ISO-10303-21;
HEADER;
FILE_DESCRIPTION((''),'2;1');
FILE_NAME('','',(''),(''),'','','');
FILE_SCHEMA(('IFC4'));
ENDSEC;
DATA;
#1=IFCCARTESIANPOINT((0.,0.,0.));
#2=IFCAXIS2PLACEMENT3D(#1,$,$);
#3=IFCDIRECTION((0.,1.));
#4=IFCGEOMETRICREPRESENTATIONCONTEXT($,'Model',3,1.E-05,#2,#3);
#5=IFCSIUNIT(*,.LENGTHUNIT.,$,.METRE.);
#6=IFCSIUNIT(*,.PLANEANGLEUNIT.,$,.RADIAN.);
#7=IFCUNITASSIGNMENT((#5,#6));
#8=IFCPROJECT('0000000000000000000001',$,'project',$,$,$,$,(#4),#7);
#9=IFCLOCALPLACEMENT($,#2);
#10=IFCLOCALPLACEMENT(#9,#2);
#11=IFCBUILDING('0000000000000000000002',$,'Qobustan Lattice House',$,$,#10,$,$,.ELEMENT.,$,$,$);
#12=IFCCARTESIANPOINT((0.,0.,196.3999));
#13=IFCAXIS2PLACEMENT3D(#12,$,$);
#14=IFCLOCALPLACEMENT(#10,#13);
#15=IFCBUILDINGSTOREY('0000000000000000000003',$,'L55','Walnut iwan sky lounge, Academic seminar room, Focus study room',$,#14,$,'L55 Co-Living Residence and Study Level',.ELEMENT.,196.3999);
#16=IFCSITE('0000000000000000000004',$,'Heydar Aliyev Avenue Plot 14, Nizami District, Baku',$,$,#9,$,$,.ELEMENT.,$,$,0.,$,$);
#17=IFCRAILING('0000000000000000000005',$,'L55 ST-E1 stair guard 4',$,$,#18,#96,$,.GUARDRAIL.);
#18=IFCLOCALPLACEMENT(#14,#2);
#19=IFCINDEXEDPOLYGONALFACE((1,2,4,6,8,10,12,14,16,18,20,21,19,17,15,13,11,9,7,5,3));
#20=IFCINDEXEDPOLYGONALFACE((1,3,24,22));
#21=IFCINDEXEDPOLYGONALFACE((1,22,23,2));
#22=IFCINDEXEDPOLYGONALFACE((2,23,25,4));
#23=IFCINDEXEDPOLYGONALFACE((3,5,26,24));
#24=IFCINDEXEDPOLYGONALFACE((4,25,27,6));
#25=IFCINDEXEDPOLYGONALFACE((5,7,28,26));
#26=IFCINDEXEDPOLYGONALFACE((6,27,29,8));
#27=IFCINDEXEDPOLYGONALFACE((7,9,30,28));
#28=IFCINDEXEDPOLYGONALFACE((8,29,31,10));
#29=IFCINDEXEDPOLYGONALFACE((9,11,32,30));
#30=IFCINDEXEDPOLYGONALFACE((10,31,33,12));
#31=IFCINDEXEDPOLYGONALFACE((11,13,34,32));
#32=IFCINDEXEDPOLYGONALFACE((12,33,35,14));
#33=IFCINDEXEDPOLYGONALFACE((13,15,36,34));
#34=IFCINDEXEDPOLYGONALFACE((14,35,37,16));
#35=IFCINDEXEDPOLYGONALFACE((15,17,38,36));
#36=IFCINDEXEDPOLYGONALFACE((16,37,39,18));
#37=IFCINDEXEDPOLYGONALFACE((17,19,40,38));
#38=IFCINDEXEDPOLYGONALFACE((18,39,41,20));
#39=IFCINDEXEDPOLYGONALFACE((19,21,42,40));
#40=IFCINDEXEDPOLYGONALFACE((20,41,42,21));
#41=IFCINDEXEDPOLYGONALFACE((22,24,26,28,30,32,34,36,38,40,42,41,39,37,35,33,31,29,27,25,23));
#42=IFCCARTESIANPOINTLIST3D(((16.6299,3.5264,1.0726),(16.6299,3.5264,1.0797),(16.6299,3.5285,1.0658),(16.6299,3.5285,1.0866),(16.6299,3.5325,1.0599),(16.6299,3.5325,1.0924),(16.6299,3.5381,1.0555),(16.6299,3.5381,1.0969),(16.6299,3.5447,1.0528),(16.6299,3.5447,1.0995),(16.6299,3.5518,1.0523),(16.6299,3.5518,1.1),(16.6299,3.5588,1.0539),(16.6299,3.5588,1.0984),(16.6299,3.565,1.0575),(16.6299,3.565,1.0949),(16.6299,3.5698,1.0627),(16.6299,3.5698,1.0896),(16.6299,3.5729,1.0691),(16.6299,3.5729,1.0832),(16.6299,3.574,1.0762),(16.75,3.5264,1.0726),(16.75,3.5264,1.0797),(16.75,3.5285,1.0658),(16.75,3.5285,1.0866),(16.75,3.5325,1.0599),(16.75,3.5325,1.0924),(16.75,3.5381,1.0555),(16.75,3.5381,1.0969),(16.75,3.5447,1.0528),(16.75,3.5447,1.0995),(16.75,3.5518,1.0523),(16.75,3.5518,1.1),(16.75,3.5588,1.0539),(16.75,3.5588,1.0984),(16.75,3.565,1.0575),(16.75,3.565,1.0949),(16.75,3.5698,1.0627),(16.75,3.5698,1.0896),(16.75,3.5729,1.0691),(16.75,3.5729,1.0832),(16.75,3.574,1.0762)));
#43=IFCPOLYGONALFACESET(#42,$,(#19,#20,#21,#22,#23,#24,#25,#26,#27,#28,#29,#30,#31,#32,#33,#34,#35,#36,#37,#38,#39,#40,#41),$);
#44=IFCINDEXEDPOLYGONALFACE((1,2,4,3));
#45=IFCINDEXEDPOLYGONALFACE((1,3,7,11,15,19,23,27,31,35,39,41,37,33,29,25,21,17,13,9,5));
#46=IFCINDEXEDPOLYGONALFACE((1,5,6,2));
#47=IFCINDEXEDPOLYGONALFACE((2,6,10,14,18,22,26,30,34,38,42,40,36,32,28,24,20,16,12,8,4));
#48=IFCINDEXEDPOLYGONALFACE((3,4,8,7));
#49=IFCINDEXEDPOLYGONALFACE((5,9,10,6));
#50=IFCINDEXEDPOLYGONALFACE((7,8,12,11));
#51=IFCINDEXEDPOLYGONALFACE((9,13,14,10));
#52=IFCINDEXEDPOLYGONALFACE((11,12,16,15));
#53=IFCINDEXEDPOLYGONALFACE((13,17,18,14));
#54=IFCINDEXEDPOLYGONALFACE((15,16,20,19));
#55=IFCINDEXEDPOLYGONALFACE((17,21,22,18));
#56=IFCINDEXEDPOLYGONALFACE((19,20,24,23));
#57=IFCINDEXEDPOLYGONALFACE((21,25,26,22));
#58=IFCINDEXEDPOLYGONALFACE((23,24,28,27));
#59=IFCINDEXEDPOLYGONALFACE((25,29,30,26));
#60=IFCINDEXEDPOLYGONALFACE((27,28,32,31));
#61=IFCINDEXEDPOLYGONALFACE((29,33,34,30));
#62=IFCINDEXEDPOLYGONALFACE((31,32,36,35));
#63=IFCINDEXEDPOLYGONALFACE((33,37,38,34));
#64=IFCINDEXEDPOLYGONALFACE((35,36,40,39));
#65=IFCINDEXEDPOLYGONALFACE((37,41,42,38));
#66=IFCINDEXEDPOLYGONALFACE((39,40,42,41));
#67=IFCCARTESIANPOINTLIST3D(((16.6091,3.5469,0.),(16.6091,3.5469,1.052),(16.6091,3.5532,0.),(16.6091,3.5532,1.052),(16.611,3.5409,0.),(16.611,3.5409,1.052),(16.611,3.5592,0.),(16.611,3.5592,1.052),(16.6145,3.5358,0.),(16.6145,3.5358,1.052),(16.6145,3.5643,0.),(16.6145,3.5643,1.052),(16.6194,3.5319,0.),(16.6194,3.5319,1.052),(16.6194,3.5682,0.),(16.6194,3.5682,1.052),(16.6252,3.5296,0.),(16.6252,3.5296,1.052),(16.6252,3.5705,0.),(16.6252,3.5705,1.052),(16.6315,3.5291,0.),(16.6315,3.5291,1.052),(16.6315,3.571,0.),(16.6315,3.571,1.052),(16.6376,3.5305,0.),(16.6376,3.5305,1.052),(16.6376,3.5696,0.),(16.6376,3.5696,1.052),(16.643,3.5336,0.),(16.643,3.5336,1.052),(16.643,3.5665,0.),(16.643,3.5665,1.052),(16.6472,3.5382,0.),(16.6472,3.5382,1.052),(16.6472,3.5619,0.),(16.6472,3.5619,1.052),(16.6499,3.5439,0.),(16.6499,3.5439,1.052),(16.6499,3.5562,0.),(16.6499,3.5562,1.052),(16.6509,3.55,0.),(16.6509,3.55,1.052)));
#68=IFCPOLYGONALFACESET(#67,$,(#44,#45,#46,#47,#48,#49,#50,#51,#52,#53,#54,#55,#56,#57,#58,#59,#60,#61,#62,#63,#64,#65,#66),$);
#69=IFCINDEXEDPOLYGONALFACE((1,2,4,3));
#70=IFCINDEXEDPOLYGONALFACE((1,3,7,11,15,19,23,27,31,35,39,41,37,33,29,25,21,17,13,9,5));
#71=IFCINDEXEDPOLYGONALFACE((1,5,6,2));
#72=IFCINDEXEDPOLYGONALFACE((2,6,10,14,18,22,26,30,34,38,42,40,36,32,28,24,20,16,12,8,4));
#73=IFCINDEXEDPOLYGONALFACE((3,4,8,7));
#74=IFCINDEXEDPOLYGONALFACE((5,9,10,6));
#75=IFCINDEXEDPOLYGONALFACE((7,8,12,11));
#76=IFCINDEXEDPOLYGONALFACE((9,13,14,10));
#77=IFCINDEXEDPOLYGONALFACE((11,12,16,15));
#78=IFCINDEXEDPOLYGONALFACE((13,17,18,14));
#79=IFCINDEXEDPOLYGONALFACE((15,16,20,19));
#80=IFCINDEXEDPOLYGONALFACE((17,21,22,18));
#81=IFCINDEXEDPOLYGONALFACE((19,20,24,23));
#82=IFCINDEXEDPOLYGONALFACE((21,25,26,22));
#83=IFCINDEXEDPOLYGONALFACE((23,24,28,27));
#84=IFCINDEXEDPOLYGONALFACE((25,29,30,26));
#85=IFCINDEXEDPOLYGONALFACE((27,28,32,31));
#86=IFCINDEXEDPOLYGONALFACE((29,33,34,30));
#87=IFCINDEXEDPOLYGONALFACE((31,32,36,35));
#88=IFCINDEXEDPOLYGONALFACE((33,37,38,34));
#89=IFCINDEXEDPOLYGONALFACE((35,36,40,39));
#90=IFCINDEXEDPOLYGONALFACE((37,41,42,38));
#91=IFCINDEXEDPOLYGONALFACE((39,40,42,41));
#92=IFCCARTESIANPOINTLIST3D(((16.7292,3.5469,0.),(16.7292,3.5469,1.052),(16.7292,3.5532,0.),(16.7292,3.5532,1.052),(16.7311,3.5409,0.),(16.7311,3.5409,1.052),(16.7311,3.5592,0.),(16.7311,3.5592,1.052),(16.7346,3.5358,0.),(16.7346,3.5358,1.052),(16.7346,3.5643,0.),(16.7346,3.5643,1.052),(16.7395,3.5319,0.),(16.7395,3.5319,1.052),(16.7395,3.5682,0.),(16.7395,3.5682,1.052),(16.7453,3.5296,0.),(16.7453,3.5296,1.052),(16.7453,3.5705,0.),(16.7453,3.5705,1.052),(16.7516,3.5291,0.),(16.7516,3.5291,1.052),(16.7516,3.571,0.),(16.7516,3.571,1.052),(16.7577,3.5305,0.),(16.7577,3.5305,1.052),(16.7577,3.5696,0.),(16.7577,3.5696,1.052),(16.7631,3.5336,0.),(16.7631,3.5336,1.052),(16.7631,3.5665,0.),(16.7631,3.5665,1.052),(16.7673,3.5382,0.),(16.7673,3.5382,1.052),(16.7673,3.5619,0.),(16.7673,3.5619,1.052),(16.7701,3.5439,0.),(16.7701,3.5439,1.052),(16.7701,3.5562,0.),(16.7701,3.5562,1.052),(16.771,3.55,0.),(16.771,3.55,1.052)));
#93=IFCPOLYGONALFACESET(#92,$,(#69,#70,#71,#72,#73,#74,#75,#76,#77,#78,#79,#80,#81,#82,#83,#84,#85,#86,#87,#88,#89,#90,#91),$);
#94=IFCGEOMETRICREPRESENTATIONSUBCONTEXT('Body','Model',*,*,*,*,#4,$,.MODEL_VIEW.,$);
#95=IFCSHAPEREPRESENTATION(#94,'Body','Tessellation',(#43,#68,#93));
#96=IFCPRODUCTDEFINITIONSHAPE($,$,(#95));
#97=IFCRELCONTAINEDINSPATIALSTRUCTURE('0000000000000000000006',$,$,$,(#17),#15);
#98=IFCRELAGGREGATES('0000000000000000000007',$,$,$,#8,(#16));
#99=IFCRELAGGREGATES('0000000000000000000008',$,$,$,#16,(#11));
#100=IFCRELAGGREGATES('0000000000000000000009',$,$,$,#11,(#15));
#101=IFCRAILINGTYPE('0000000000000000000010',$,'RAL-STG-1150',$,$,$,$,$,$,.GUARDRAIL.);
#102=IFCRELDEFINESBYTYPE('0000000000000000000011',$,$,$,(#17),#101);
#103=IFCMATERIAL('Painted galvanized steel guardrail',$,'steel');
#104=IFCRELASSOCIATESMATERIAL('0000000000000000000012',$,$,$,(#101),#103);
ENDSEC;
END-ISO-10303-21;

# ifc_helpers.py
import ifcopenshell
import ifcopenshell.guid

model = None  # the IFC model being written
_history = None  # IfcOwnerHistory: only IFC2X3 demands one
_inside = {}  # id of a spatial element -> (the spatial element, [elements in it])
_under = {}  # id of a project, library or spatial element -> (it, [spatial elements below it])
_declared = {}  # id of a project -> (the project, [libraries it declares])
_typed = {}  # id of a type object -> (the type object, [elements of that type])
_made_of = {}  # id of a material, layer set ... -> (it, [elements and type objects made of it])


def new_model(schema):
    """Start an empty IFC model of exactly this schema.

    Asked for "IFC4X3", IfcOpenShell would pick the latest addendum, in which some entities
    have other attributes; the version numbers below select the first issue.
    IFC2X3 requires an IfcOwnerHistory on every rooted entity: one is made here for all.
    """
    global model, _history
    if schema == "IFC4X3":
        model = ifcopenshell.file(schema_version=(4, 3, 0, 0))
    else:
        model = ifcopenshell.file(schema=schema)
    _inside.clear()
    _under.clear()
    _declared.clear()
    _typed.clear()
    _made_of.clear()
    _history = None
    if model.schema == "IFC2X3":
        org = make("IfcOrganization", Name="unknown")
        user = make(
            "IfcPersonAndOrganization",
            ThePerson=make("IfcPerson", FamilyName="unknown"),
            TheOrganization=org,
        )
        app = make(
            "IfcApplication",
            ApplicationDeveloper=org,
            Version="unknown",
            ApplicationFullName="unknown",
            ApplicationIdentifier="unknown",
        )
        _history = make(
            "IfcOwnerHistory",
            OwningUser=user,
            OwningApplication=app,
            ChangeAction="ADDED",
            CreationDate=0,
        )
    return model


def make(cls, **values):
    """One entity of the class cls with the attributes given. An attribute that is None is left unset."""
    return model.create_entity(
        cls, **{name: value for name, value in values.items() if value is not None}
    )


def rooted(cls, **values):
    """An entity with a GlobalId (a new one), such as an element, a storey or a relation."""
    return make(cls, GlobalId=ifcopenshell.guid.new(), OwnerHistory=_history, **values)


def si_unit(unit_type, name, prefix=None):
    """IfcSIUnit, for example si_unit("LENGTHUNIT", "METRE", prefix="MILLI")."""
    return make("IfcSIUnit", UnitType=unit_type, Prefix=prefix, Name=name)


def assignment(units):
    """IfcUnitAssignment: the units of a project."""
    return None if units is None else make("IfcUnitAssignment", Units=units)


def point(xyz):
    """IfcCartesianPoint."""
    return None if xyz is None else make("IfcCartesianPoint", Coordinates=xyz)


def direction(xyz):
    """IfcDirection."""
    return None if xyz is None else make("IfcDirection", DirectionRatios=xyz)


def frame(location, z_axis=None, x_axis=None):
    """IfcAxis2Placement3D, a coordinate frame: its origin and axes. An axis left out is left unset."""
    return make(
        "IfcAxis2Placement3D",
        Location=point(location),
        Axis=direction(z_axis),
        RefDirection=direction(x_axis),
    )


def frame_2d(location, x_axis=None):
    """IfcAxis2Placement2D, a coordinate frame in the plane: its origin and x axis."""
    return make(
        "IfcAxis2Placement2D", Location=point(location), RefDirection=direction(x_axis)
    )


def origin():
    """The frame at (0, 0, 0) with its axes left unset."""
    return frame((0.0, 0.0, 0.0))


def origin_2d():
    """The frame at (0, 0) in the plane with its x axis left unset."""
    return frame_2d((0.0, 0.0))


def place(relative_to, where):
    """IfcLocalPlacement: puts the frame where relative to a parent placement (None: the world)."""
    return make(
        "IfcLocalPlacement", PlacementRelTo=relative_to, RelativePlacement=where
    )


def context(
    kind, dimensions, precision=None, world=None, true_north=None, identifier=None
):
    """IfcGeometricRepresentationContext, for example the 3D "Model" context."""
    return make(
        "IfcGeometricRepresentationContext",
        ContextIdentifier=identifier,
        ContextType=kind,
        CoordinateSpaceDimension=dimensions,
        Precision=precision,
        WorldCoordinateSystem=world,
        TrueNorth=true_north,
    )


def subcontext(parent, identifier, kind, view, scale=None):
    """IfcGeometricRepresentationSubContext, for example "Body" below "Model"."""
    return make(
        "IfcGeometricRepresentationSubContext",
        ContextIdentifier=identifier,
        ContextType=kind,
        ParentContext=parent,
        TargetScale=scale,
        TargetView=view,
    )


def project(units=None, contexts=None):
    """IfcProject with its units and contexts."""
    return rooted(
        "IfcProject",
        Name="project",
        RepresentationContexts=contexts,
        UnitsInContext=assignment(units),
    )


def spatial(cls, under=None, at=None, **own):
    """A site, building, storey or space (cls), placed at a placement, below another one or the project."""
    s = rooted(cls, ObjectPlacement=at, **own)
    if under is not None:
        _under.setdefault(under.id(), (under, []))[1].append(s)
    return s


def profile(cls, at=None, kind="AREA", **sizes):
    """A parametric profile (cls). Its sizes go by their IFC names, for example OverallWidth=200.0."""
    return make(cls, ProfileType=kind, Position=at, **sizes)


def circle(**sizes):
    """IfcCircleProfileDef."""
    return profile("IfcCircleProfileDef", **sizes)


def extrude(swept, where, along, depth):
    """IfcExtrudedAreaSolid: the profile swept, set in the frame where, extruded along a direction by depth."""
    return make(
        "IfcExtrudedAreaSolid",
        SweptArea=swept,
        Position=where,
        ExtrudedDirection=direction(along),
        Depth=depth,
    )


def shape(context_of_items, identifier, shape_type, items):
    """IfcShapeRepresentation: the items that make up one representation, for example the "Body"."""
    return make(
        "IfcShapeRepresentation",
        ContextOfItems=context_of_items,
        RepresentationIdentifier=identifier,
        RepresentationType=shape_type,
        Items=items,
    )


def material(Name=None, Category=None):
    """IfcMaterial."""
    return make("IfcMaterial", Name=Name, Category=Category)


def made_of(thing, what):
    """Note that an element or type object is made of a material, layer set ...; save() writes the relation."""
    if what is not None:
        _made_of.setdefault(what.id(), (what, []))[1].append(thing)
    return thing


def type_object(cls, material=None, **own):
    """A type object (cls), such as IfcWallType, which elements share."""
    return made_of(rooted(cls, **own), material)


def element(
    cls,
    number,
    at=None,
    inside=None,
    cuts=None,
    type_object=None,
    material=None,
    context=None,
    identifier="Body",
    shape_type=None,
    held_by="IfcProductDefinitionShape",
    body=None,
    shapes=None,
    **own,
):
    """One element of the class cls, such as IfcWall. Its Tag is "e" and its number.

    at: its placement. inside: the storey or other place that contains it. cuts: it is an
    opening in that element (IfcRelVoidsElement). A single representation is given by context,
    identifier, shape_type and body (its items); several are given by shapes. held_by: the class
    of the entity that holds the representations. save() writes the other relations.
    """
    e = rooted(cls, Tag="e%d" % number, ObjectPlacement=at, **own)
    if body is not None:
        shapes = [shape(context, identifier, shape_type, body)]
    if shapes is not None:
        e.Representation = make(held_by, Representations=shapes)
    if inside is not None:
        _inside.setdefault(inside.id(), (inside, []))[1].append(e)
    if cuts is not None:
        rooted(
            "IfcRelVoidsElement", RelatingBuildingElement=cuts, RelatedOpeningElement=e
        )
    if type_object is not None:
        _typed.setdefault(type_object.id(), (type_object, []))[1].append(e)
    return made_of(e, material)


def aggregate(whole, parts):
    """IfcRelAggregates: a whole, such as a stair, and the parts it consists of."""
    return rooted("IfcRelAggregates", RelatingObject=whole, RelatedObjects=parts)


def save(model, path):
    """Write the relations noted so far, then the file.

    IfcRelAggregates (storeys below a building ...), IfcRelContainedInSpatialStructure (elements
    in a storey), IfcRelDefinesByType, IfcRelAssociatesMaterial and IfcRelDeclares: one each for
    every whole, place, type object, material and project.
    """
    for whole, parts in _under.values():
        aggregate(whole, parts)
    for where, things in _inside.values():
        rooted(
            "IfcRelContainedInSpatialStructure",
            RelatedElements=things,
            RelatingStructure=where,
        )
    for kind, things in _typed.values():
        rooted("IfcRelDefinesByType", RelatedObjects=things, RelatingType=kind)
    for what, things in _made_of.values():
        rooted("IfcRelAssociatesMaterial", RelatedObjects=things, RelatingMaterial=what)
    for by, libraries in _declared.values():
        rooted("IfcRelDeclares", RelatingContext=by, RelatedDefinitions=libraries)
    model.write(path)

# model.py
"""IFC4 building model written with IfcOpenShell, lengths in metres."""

from ifc_helpers import new_model, si_unit, direction, frame, origin, origin_2d, place, context, subcontext, project, spatial, circle, extrude, material, type_object, element, save


model = new_model("IFC4")

# Units and contexts
model_context = context("Model", 3, precision=1e-05, world=origin(), true_north=direction((0.0, 1.0)))
body_context = subcontext(model_context, "Body", "Model", "MODEL_VIEW")
ifc_project = project(units=[si_unit("LENGTHUNIT", "METRE"), si_unit("PLANEANGLEUNIT", "RADIAN")], contexts=[model_context])

# Site, building, storey
site_placement = place(None, origin())
site = spatial("IfcSite", under=ifc_project, at=site_placement, Name="Heydar Aliyev Avenue Plot 14, Nizami District, Baku", CompositionType="ELEMENT", RefElevation=0.0)
building_placement = place(site_placement, origin())
building = spatial("IfcBuilding", under=site, at=building_placement, Name="Qobustan Lattice House", CompositionType="ELEMENT")
storey_placement = place(building_placement, frame((0.0, 0.0, 196.3999)))
storey = spatial("IfcBuildingStorey", under=building, at=storey_placement, Name="L55", Description="Walnut iwan sky lounge, Academic seminar room, Focus study room", LongName="L55 Co-Living Residence and Study Level", CompositionType="ELEMENT", Elevation=196.3999)

# Railing
ifc_material_1 = material(Name="Painted galvanized steel guardrail", Category="steel")
railing_type_1 = type_object("IfcRailingType", Name="RAL-STG-1150", PredefinedType="GUARDRAIL", material=ifc_material_1)
railing_1_placement = place(storey_placement, frame((16.6299, 3.55, 0.0)))
element("IfcRailing", 1, at=railing_1_placement, inside=storey, type_object=railing_type_1, Name="L55 ST-E1 stair guard 4", PredefinedType="GUARDRAIL", context=body_context, shape_type="SweptSolid", body=[
    extrude(circle(Radius=0.0239, at=origin_2d()), frame((0.0, 0.0, 1.0762), z_axis=(1.0, 0.0, 0.0), x_axis=(0.0, 1.0, 0.0)), (0.0, 0.0, 1.0), 0.1201),
    extrude(circle(Radius=0.021, at=origin_2d()), origin(), (0.0, 0.0, 1.0), 1.052),
    extrude(circle(Radius=0.021, at=origin_2d()), frame((0.1201, 0.0, 0.0)), (0.0, 0.0, 1.0), 1.052),
])

save(model, "model.ifc")
